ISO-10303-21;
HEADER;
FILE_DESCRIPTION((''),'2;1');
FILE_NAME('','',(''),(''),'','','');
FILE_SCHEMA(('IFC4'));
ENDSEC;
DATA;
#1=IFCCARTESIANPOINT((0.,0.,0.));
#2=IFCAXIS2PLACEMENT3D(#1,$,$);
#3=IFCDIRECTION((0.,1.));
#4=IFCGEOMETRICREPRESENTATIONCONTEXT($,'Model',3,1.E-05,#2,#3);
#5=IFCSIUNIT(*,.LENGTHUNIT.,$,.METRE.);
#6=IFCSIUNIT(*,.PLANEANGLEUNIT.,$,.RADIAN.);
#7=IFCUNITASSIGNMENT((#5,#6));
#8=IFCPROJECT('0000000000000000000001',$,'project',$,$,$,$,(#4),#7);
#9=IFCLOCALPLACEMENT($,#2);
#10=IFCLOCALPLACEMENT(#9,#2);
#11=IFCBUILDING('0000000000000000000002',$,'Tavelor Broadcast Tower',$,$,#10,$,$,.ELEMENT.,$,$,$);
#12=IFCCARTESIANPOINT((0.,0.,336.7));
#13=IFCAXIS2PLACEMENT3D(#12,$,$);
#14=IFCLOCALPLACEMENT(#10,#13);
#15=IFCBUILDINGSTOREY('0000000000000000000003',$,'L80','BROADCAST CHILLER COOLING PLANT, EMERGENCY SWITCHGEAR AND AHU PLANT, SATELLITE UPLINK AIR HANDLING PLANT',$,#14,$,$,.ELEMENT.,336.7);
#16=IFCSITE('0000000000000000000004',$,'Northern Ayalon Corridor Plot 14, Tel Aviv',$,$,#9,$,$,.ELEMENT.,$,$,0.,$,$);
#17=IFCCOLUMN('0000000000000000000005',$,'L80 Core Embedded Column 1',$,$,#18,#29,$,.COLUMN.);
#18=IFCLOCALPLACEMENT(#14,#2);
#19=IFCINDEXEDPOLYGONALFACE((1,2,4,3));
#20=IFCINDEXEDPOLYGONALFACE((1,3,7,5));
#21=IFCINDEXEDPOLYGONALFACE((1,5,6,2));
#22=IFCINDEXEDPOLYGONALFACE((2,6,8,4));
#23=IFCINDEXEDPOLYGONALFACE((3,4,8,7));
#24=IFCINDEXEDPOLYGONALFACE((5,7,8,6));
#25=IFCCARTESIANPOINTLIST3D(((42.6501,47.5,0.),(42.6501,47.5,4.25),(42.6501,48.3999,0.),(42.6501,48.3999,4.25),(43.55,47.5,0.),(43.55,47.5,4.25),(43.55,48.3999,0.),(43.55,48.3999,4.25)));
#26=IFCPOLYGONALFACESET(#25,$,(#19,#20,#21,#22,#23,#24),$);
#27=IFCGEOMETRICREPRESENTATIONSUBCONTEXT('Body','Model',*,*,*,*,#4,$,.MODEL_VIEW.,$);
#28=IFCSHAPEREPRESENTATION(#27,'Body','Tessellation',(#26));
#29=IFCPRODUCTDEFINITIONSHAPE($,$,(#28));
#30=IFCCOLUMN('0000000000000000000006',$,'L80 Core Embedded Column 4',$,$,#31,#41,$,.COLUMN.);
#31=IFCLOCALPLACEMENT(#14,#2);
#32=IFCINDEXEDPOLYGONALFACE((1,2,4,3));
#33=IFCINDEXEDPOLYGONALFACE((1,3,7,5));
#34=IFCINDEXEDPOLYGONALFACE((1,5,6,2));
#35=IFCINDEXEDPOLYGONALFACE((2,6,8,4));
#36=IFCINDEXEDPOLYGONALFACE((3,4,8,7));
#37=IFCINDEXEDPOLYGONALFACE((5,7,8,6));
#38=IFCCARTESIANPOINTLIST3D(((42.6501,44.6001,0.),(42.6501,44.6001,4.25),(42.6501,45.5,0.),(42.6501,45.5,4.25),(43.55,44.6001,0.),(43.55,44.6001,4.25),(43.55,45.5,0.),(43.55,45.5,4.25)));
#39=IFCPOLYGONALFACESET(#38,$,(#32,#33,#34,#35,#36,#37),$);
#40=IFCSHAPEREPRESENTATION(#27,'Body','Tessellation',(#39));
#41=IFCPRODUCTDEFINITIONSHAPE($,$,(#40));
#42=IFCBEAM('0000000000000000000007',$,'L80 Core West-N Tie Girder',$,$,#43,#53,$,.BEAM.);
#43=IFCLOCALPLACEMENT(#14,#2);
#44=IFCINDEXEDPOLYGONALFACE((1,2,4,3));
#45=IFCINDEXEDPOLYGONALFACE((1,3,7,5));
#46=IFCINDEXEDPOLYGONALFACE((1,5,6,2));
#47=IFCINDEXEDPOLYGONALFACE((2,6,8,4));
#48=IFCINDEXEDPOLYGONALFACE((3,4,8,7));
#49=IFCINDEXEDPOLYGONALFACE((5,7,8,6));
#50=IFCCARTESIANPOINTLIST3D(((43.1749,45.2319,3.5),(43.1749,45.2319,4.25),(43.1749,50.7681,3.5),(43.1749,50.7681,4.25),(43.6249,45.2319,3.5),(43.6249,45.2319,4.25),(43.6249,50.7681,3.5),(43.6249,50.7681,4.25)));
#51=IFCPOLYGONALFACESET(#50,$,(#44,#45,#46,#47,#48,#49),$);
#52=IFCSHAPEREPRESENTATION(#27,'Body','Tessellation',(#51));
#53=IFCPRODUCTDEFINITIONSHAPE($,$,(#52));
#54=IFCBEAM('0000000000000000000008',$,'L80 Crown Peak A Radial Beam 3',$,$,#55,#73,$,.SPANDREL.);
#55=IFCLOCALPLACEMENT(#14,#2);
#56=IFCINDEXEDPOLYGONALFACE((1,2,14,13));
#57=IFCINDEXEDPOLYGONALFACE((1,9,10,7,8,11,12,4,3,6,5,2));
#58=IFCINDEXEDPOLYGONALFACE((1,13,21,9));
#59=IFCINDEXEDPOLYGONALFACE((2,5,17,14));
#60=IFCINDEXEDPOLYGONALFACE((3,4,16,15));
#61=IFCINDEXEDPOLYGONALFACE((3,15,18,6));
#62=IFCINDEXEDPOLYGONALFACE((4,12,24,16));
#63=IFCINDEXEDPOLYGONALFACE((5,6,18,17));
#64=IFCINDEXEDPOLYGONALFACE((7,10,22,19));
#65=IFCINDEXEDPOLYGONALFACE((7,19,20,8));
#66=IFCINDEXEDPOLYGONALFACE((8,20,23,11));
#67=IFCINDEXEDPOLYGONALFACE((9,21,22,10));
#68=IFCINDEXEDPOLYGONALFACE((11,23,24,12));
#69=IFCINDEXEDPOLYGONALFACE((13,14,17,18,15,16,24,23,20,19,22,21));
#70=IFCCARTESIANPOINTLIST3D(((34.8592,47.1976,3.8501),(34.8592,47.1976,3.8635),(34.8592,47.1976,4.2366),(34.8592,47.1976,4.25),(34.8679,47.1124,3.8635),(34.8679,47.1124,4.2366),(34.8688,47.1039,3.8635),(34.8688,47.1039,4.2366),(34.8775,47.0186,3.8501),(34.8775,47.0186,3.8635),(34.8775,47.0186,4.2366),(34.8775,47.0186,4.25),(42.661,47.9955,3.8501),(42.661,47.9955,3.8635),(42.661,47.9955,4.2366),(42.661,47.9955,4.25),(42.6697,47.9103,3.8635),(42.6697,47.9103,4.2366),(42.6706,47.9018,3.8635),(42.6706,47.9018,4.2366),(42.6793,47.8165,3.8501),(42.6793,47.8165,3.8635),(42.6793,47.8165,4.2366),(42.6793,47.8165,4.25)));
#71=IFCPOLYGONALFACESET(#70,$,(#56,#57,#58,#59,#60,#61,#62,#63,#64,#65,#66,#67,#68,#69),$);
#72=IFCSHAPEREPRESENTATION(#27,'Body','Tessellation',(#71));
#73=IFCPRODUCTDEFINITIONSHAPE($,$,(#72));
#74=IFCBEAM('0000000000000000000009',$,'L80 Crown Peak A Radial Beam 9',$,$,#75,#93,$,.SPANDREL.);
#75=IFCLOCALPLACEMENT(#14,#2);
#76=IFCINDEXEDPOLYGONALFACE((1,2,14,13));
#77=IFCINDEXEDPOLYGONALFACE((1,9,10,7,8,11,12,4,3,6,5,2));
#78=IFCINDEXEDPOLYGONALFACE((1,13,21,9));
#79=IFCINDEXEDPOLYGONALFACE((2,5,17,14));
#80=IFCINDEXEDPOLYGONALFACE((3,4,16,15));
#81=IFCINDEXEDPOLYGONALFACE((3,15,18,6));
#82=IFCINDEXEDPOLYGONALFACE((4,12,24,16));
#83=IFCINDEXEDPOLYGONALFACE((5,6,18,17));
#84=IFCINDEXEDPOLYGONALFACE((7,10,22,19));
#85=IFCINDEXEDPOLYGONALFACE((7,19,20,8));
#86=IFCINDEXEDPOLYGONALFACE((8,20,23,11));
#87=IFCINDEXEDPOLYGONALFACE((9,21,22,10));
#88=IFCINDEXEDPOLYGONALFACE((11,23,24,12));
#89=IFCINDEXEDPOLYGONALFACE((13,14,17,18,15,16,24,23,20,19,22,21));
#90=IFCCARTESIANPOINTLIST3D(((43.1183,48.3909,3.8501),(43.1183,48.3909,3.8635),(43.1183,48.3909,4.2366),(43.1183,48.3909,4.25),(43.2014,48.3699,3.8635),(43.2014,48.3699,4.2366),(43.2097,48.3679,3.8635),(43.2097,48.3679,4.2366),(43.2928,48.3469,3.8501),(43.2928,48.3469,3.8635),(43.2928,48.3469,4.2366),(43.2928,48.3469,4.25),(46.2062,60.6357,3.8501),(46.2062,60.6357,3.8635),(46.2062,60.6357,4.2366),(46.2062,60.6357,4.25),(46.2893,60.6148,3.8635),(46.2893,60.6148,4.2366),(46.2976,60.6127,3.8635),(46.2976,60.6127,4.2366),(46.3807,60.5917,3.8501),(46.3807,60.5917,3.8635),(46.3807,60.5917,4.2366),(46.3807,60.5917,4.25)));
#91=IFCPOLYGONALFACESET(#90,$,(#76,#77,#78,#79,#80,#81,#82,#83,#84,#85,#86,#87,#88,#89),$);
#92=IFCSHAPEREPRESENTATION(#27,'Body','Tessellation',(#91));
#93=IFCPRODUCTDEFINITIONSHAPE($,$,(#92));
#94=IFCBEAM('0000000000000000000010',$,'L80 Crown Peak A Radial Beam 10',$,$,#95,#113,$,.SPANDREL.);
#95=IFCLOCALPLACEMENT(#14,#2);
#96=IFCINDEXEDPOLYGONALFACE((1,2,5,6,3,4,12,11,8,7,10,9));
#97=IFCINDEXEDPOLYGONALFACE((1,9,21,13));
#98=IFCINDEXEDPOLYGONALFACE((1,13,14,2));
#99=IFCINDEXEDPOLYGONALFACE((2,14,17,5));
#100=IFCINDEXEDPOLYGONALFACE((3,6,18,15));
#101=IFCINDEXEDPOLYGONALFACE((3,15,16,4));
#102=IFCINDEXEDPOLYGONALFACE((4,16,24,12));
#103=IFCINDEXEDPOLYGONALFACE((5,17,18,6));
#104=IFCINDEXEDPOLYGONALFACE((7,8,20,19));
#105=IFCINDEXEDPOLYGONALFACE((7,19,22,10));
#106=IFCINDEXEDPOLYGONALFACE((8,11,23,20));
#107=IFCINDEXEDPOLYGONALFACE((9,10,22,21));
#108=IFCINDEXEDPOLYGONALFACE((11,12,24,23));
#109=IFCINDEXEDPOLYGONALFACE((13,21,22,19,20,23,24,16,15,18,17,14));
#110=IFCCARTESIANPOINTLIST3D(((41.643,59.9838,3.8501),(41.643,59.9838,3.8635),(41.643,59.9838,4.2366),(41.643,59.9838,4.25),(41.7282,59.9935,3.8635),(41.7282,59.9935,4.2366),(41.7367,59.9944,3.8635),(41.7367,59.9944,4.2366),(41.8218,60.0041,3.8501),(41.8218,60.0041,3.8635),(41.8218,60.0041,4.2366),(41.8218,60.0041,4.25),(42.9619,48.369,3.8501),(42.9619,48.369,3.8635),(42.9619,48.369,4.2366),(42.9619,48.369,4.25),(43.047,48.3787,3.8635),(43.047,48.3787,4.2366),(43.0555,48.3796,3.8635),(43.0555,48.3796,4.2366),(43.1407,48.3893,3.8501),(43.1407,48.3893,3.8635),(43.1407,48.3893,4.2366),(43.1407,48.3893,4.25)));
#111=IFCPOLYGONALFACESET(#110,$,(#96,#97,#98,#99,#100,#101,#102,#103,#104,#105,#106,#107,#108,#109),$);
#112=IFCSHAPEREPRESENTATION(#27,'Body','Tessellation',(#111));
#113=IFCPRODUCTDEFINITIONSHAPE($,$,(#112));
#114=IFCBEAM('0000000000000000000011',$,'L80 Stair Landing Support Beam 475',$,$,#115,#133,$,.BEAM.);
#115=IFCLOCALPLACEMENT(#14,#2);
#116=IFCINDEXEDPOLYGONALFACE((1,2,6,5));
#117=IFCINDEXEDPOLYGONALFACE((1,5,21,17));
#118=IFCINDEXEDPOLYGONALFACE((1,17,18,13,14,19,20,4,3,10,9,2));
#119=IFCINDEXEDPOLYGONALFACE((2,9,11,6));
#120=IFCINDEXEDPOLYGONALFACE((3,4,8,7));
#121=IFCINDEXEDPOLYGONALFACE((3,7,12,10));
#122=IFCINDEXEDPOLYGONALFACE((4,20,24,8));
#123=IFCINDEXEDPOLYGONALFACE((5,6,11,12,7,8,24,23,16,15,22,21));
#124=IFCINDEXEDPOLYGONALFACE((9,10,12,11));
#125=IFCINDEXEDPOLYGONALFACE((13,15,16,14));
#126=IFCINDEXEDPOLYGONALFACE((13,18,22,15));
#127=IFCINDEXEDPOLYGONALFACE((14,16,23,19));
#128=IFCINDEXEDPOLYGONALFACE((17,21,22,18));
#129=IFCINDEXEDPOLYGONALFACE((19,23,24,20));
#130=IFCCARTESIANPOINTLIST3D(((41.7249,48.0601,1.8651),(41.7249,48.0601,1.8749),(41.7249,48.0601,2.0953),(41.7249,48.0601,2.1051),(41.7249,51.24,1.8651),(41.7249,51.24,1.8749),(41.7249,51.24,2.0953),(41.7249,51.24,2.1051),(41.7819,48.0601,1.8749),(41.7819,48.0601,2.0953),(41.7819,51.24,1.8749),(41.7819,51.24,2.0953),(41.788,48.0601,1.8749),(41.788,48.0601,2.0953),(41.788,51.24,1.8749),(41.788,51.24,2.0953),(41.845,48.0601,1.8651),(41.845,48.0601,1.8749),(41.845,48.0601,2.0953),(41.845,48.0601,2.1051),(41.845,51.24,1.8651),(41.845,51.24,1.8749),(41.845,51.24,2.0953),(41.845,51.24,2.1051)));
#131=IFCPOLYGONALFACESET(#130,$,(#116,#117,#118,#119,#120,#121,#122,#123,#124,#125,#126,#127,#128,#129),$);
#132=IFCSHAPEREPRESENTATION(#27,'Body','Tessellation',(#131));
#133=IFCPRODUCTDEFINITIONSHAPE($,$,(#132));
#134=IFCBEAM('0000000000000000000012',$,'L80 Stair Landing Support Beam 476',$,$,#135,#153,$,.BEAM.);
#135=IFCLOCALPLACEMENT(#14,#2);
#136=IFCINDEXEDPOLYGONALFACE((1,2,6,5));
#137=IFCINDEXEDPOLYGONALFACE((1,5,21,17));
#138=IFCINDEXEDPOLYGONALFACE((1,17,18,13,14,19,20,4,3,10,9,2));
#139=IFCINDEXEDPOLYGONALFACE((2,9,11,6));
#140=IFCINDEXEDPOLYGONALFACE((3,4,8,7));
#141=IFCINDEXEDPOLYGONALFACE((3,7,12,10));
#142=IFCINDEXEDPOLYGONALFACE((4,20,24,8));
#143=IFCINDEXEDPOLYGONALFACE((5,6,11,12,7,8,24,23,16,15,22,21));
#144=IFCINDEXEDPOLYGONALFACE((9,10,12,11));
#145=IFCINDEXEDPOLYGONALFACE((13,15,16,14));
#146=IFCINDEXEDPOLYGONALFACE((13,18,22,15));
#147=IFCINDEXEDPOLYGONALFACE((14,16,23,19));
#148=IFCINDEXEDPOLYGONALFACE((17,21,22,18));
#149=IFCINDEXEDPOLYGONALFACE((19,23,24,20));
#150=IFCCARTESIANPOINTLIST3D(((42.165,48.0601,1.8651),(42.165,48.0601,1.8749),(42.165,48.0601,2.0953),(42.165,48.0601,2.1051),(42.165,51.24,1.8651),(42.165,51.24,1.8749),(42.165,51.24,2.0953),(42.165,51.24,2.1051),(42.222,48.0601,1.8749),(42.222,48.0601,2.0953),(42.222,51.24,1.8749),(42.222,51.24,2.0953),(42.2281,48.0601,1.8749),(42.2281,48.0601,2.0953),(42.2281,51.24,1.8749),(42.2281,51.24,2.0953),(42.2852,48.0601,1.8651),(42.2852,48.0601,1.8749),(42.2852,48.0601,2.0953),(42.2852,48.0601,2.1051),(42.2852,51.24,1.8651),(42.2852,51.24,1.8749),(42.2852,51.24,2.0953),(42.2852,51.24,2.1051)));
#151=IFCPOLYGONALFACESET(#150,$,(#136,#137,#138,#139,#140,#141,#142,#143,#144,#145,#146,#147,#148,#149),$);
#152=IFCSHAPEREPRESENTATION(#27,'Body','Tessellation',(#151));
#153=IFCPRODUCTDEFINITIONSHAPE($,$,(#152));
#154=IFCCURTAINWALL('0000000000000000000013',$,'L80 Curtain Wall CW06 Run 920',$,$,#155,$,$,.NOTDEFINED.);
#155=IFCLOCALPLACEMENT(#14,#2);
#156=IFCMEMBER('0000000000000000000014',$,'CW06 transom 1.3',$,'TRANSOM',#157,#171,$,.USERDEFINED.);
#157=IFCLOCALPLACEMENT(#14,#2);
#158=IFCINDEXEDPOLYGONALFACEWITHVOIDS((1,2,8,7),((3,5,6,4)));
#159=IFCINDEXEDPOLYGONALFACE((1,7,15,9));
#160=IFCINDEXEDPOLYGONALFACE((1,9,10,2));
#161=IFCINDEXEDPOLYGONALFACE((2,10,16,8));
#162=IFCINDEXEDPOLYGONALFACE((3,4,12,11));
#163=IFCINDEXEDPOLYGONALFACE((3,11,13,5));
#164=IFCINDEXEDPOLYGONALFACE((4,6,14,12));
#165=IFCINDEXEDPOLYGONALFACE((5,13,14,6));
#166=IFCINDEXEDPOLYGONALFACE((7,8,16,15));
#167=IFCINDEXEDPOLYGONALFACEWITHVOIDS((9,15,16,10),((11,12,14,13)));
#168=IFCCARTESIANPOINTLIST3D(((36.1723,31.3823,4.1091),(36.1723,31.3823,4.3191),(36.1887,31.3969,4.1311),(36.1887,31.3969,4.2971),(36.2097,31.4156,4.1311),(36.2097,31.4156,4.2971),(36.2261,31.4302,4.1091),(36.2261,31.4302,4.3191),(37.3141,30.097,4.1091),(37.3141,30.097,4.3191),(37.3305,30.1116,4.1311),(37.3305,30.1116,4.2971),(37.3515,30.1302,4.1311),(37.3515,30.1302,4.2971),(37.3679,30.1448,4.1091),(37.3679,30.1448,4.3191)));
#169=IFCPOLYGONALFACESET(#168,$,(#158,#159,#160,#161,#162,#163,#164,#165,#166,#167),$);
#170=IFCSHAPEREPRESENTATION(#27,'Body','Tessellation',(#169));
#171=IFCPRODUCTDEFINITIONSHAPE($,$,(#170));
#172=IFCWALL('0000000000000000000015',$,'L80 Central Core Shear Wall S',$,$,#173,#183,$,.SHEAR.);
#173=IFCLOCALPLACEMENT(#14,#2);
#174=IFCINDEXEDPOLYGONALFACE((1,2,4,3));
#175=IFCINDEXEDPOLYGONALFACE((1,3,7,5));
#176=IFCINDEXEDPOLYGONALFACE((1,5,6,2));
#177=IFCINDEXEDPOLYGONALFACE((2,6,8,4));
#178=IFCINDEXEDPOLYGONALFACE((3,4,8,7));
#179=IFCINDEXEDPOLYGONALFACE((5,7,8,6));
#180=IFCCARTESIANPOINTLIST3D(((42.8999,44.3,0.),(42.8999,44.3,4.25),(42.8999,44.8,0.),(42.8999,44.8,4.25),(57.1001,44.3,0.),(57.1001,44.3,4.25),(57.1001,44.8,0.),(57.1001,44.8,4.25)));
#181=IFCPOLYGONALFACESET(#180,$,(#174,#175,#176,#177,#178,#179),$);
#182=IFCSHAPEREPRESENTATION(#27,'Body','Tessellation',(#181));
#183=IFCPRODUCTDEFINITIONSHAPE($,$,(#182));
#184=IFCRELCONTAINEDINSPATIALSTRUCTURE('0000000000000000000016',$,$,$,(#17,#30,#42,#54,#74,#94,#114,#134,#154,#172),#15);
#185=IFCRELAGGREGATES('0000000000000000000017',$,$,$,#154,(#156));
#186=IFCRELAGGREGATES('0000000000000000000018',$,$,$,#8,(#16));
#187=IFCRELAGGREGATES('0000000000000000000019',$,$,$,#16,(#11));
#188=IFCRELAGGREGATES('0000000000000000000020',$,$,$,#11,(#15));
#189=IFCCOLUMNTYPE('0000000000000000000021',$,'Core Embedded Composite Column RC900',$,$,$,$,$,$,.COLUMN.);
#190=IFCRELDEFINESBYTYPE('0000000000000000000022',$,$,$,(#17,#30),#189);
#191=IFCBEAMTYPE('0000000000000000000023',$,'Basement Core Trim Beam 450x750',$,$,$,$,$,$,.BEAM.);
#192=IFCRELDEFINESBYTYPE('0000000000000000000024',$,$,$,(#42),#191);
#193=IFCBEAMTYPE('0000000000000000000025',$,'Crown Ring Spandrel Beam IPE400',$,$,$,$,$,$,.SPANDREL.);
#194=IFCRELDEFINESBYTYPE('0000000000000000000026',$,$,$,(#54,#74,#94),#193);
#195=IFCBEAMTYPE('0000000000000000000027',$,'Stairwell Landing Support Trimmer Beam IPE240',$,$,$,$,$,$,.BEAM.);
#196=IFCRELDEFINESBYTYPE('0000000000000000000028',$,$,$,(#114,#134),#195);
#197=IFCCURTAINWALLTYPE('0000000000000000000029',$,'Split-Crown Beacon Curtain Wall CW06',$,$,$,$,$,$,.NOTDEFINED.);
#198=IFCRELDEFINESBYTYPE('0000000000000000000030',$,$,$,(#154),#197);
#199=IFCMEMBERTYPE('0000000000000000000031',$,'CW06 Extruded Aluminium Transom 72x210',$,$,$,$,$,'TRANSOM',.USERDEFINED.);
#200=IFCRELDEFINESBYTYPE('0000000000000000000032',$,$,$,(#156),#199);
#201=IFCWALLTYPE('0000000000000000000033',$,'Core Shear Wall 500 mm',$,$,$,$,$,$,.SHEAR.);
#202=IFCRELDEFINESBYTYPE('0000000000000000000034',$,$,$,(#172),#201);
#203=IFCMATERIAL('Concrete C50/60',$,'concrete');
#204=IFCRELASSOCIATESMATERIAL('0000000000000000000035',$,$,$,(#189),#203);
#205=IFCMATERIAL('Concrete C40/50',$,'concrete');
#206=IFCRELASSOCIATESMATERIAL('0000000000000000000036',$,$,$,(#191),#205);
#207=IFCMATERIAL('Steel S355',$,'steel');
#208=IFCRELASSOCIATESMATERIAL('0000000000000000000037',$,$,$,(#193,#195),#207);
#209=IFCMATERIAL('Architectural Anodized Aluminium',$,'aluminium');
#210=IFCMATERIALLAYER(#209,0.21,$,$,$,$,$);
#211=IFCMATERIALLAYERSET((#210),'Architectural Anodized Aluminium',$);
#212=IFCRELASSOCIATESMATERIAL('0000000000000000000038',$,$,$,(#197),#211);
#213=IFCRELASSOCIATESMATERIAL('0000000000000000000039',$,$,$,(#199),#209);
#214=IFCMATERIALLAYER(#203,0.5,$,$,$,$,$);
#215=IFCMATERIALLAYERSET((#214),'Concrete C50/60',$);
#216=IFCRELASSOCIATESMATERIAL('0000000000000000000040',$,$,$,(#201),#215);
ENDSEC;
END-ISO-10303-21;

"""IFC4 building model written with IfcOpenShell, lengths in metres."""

from ifc_helpers import new_model, si_unit, direction, frame, frame_2d, origin, origin_2d, place, context, subcontext, project, spatial, rectangle, hollow_rectangle, i_section, extrude, source, transform, mapped, material, layer, layer_set, material_profile, profile_set, type_object, type_shapes, element, aggregate, save


model = new_model("IFC4")

# Units and contexts
model_context = context("Model", 3, precision=1e-05, world=origin(), true_north=direction((0.0, 1.0)))
body_context = subcontext(model_context, "Body", "Model", "MODEL_VIEW")
ifc_project = project(units=[si_unit("LENGTHUNIT", "METRE"), si_unit("PLANEANGLEUNIT", "RADIAN")], contexts=[model_context])

# Site, building, storey
site_placement = place(None, origin())
site = spatial("IfcSite", under=ifc_project, at=site_placement, Name="Northern Ayalon Corridor Plot 14, Tel Aviv", CompositionType="ELEMENT", RefElevation=0.0)
building_placement = place(site_placement, origin())
building = spatial("IfcBuilding", under=site, at=building_placement, Name="Tavelor Broadcast Tower", CompositionType="ELEMENT")
storey_placement = place(building_placement, frame((0.0, 0.0, 336.7)))
storey = spatial("IfcBuildingStorey", under=building, at=storey_placement, Name="L80", Description="BROADCAST CHILLER COOLING PLANT, EMERGENCY SWITCHGEAR AND AHU PLANT, SATELLITE UPLINK AIR HANDLING PLANT", CompositionType="ELEMENT", Elevation=336.7)

# Columns
ifc_material_1 = material(Name="Concrete C50/60", Category="concrete")
ifc_material_profile_1 = material_profile(ifc_material_1, rectangle(XDim=0.8999, YDim=0.8999, at=origin_2d()), Name="RC 900x900")
ifc_profile_set_1 = profile_set([ifc_material_profile_1], Name="Concrete C50/60")
column_type = type_object("IfcColumnType", Name="Core Embedded Composite Column RC900", PredefinedType="COLUMN", material=ifc_profile_set_1)
for number, where, z_axis, x_axis, name in (
    (1, (43.1001, 47.95, 0.0), (0.0, 0.0, 1.0), (1.0, 0.0, 0.0), "L80 Core Embedded Column 1"),
    (2, (43.1001, 45.05, 0.0), (0.0, 0.0, 1.0), (1.0, 0.0, 0.0), "L80 Core Embedded Column 4"),
):
    element("IfcColumn", number, at=place(storey_placement, frame(where, z_axis=z_axis, x_axis=x_axis)), inside=storey, type_object=column_type, Name=name, PredefinedType="COLUMN", context=body_context, shape_type="SweptSolid", body=[
        extrude(rectangle(XDim=0.8999, YDim=0.8999, at=origin_2d()), origin(), (0.0, 0.0, 1.0), 4.25),
    ])

# Beams
ifc_material_2 = material(Name="Concrete C40/50", Category="concrete")
ifc_material_profile_2 = material_profile(ifc_material_2, rectangle(XDim=0.45, YDim=0.75, at=origin_2d()), Name="RC 450x750")
ifc_profile_set_2 = profile_set([ifc_material_profile_2], Name="Concrete C40/50")
beam_type_1 = type_object("IfcBeamType", Name="Basement Core Trim Beam 450x750", PredefinedType="BEAM", material=ifc_profile_set_2)
beam_1_placement = place(storey_placement, frame((43.3999, 45.2319, 3.875), z_axis=(0.0, 1.0, 0.0), x_axis=(-1.0, 0.0, 0.0)))
element("IfcBeam", 3, at=beam_1_placement, inside=storey, type_object=beam_type_1, Name="L80 Core West-N Tie Girder", PredefinedType="BEAM", context=body_context, shape_type="SweptSolid", body=[
    extrude(rectangle(XDim=0.45, YDim=0.75, at=origin_2d()), origin(), (0.0, 0.0, 1.0), 5.5361),
])
ifc_material_3 = material(Name="Steel S355", Category="steel")
ifc_material_profile_3 = material_profile(ifc_material_3, i_section(OverallWidth=0.1799, OverallDepth=0.3999, WebThickness=0.0085, FlangeThickness=0.0134, at=origin_2d()), Name="IPE 400")
ifc_profile_set_3 = profile_set([ifc_material_profile_3], Name="Steel S355")
beam_type_2 = type_object("IfcBeamType", Name="Crown Ring Spandrel Beam IPE400", PredefinedType="SPANDREL", material=ifc_profile_set_3)
beam_2_placement = place(storey_placement, frame((42.6702, 47.906, 4.05), z_axis=(-0.994812, -0.101735, 0.0), x_axis=(0.101735, -0.994812, 0.0)))
element("IfcBeam", 4, at=beam_2_placement, inside=storey, type_object=beam_type_2, Name="L80 Crown Peak A Radial Beam 3", PredefinedType="SPANDREL", context=body_context, shape_type="SweptSolid", body=[
    extrude(i_section(OverallWidth=0.1799, OverallDepth=0.3999, WebThickness=0.0085, FlangeThickness=0.0134, at=origin_2d()), origin(), (0.0, 0.0, 1.0), 7.8425),
])
beam_3_placement = place(storey_placement, frame((43.2056, 48.3689, 4.05), z_axis=(0.244523, 0.969643, 0.0), x_axis=(-0.969643, 0.244523, 0.0)))
element("IfcBeam", 5, at=beam_3_placement, inside=storey, type_object=beam_type_2, Name="L80 Crown Peak A Radial Beam 9", PredefinedType="SPANDREL", context=body_context, shape_type="SweptSolid", body=[
    extrude(i_section(OverallWidth=0.1799, OverallDepth=0.3999, WebThickness=0.0085, FlangeThickness=0.0134, at=origin_2d()), origin(), (0.0, 0.0, 1.0), 12.6282),
])
beam_4_placement = place(storey_placement, frame((43.0513, 48.3792, 4.05), z_axis=(-0.112824, 0.993615, 0.0), x_axis=(-0.993615, -0.112824, 0.0)))
element("IfcBeam", 6, at=beam_4_placement, inside=storey, type_object=beam_type_2, Name="L80 Crown Peak A Radial Beam 10", PredefinedType="SPANDREL", context=body_context, shape_type="SweptSolid", body=[
    extrude(i_section(OverallWidth=0.1799, OverallDepth=0.3999, WebThickness=0.0085, FlangeThickness=0.0134, at=origin_2d()), origin(), (0.0, 0.0, 1.0), 11.6895),
])
ifc_material_profile_4 = material_profile(ifc_material_3, i_section(OverallWidth=0.1201, OverallDepth=0.24, WebThickness=0.0061, FlangeThickness=0.0098, at=origin_2d()), Name="IPE 240")
ifc_profile_set_4 = profile_set([ifc_material_profile_4], Name="Steel S355")
beam_type_3 = type_object("IfcBeamType", Name="Stairwell Landing Support Trimmer Beam IPE240", PredefinedType="BEAM", material=ifc_profile_set_4)
for number, where, z_axis, x_axis, name in (
    (7, (41.7849, 48.0601, 1.9851), (0.0, 1.0, 0.0), (-1.0, 0.0, 0.0), "L80 Stair Landing Support Beam 475"),
    (8, (42.2251, 48.0601, 1.9851), (0.0, 1.0, 0.0), (-1.0, 0.0, 0.0), "L80 Stair Landing Support Beam 476"),
):
    element("IfcBeam", number, at=place(storey_placement, frame(where, z_axis=z_axis, x_axis=x_axis)), inside=storey, type_object=beam_type_3, Name=name, PredefinedType="BEAM", context=body_context, shape_type="SweptSolid", body=[
        extrude(i_section(OverallWidth=0.1201, OverallDepth=0.24, WebThickness=0.0061, FlangeThickness=0.0098, at=origin_2d()), origin(), (0.0, 0.0, 1.0), 3.1799),
    ])

# Curtain wall, member
ifc_material_4 = material(Name="Architectural Anodized Aluminium", Category="aluminium")
ifc_layer_1 = layer(ifc_material_4, 0.21)
ifc_layer_set_1 = layer_set([ifc_layer_1], Name="Architectural Anodized Aluminium")
curtain_wall_type = type_object("IfcCurtainWallType", Name="Split-Crown Beacon Curtain Wall CW06", PredefinedType="NOTDEFINED", material=ifc_layer_set_1)
curtain_wall_placement = place(storey_placement, origin())
curtain_wall = element("IfcCurtainWall", 9, at=curtain_wall_placement, inside=storey, type_object=curtain_wall_type, Name="L80 Curtain Wall CW06 Run 920", PredefinedType="NOTDEFINED")
ifc_material_profile_5 = material_profile(ifc_material_4, hollow_rectangle(XDim=0.072, YDim=0.21, WallThickness=0.022, at=origin_2d()), Name="RHS 72x210x22")
ifc_profile_set_5 = profile_set([ifc_material_profile_5], Name="Architectural Anodized Aluminium")
member_type = type_object("IfcMemberType", Name="CW06 Extruded Aluminium Transom 72x210", ElementType="TRANSOM", PredefinedType="USERDEFINED", material=ifc_profile_set_5)
shared_shape = source(origin(), body_context, "Body", "SweptSolid", [
    extrude(hollow_rectangle(XDim=0.072, YDim=0.21, WallThickness=0.022, at=origin_2d()), origin(), (0.0, 0.0, 1.0), 1.7192),
])
type_shapes(member_type, [shared_shape])
member_placement = place(storey_placement, frame((36.1992, 31.4062, 4.2141), z_axis=(0.664126, -0.747621, 0.0), x_axis=(0.747621, 0.664126, 0.0)))
member = element("IfcMember", 10, at=member_placement, type_object=member_type, Name="CW06 transom 1.3", ObjectType="TRANSOM", PredefinedType="USERDEFINED", context=body_context, shape_type="MappedRepresentation", body=[
    mapped(shared_shape, transform((0.0, 0.0, 0.0), scale=1.0)),
])
aggregate(curtain_wall, [member])

# Wall
ifc_layer_2 = layer(ifc_material_1, 0.5)
ifc_layer_set_2 = layer_set([ifc_layer_2], Name="Concrete C50/60")
wall_type_1 = type_object("IfcWallType", Name="Core Shear Wall 500 mm", PredefinedType="SHEAR", material=ifc_layer_set_2)
wall_1_placement = place(storey_placement, frame((42.8999, 44.55, 0.0), z_axis=(0.0, 0.0, 1.0), x_axis=(1.0, 0.0, 0.0)))
element("IfcWall", 11, at=wall_1_placement, inside=storey, type_object=wall_type_1, Name="L80 Central Core Shear Wall S", PredefinedType="SHEAR", context=body_context, shape_type="SweptSolid", body=[
    extrude(rectangle(XDim=14.2002, YDim=0.5, at=frame_2d((7.1001, 0.0))), origin(), (0.0, 0.0, 1.0), 4.25),
])

save(model, "model.ifc")
